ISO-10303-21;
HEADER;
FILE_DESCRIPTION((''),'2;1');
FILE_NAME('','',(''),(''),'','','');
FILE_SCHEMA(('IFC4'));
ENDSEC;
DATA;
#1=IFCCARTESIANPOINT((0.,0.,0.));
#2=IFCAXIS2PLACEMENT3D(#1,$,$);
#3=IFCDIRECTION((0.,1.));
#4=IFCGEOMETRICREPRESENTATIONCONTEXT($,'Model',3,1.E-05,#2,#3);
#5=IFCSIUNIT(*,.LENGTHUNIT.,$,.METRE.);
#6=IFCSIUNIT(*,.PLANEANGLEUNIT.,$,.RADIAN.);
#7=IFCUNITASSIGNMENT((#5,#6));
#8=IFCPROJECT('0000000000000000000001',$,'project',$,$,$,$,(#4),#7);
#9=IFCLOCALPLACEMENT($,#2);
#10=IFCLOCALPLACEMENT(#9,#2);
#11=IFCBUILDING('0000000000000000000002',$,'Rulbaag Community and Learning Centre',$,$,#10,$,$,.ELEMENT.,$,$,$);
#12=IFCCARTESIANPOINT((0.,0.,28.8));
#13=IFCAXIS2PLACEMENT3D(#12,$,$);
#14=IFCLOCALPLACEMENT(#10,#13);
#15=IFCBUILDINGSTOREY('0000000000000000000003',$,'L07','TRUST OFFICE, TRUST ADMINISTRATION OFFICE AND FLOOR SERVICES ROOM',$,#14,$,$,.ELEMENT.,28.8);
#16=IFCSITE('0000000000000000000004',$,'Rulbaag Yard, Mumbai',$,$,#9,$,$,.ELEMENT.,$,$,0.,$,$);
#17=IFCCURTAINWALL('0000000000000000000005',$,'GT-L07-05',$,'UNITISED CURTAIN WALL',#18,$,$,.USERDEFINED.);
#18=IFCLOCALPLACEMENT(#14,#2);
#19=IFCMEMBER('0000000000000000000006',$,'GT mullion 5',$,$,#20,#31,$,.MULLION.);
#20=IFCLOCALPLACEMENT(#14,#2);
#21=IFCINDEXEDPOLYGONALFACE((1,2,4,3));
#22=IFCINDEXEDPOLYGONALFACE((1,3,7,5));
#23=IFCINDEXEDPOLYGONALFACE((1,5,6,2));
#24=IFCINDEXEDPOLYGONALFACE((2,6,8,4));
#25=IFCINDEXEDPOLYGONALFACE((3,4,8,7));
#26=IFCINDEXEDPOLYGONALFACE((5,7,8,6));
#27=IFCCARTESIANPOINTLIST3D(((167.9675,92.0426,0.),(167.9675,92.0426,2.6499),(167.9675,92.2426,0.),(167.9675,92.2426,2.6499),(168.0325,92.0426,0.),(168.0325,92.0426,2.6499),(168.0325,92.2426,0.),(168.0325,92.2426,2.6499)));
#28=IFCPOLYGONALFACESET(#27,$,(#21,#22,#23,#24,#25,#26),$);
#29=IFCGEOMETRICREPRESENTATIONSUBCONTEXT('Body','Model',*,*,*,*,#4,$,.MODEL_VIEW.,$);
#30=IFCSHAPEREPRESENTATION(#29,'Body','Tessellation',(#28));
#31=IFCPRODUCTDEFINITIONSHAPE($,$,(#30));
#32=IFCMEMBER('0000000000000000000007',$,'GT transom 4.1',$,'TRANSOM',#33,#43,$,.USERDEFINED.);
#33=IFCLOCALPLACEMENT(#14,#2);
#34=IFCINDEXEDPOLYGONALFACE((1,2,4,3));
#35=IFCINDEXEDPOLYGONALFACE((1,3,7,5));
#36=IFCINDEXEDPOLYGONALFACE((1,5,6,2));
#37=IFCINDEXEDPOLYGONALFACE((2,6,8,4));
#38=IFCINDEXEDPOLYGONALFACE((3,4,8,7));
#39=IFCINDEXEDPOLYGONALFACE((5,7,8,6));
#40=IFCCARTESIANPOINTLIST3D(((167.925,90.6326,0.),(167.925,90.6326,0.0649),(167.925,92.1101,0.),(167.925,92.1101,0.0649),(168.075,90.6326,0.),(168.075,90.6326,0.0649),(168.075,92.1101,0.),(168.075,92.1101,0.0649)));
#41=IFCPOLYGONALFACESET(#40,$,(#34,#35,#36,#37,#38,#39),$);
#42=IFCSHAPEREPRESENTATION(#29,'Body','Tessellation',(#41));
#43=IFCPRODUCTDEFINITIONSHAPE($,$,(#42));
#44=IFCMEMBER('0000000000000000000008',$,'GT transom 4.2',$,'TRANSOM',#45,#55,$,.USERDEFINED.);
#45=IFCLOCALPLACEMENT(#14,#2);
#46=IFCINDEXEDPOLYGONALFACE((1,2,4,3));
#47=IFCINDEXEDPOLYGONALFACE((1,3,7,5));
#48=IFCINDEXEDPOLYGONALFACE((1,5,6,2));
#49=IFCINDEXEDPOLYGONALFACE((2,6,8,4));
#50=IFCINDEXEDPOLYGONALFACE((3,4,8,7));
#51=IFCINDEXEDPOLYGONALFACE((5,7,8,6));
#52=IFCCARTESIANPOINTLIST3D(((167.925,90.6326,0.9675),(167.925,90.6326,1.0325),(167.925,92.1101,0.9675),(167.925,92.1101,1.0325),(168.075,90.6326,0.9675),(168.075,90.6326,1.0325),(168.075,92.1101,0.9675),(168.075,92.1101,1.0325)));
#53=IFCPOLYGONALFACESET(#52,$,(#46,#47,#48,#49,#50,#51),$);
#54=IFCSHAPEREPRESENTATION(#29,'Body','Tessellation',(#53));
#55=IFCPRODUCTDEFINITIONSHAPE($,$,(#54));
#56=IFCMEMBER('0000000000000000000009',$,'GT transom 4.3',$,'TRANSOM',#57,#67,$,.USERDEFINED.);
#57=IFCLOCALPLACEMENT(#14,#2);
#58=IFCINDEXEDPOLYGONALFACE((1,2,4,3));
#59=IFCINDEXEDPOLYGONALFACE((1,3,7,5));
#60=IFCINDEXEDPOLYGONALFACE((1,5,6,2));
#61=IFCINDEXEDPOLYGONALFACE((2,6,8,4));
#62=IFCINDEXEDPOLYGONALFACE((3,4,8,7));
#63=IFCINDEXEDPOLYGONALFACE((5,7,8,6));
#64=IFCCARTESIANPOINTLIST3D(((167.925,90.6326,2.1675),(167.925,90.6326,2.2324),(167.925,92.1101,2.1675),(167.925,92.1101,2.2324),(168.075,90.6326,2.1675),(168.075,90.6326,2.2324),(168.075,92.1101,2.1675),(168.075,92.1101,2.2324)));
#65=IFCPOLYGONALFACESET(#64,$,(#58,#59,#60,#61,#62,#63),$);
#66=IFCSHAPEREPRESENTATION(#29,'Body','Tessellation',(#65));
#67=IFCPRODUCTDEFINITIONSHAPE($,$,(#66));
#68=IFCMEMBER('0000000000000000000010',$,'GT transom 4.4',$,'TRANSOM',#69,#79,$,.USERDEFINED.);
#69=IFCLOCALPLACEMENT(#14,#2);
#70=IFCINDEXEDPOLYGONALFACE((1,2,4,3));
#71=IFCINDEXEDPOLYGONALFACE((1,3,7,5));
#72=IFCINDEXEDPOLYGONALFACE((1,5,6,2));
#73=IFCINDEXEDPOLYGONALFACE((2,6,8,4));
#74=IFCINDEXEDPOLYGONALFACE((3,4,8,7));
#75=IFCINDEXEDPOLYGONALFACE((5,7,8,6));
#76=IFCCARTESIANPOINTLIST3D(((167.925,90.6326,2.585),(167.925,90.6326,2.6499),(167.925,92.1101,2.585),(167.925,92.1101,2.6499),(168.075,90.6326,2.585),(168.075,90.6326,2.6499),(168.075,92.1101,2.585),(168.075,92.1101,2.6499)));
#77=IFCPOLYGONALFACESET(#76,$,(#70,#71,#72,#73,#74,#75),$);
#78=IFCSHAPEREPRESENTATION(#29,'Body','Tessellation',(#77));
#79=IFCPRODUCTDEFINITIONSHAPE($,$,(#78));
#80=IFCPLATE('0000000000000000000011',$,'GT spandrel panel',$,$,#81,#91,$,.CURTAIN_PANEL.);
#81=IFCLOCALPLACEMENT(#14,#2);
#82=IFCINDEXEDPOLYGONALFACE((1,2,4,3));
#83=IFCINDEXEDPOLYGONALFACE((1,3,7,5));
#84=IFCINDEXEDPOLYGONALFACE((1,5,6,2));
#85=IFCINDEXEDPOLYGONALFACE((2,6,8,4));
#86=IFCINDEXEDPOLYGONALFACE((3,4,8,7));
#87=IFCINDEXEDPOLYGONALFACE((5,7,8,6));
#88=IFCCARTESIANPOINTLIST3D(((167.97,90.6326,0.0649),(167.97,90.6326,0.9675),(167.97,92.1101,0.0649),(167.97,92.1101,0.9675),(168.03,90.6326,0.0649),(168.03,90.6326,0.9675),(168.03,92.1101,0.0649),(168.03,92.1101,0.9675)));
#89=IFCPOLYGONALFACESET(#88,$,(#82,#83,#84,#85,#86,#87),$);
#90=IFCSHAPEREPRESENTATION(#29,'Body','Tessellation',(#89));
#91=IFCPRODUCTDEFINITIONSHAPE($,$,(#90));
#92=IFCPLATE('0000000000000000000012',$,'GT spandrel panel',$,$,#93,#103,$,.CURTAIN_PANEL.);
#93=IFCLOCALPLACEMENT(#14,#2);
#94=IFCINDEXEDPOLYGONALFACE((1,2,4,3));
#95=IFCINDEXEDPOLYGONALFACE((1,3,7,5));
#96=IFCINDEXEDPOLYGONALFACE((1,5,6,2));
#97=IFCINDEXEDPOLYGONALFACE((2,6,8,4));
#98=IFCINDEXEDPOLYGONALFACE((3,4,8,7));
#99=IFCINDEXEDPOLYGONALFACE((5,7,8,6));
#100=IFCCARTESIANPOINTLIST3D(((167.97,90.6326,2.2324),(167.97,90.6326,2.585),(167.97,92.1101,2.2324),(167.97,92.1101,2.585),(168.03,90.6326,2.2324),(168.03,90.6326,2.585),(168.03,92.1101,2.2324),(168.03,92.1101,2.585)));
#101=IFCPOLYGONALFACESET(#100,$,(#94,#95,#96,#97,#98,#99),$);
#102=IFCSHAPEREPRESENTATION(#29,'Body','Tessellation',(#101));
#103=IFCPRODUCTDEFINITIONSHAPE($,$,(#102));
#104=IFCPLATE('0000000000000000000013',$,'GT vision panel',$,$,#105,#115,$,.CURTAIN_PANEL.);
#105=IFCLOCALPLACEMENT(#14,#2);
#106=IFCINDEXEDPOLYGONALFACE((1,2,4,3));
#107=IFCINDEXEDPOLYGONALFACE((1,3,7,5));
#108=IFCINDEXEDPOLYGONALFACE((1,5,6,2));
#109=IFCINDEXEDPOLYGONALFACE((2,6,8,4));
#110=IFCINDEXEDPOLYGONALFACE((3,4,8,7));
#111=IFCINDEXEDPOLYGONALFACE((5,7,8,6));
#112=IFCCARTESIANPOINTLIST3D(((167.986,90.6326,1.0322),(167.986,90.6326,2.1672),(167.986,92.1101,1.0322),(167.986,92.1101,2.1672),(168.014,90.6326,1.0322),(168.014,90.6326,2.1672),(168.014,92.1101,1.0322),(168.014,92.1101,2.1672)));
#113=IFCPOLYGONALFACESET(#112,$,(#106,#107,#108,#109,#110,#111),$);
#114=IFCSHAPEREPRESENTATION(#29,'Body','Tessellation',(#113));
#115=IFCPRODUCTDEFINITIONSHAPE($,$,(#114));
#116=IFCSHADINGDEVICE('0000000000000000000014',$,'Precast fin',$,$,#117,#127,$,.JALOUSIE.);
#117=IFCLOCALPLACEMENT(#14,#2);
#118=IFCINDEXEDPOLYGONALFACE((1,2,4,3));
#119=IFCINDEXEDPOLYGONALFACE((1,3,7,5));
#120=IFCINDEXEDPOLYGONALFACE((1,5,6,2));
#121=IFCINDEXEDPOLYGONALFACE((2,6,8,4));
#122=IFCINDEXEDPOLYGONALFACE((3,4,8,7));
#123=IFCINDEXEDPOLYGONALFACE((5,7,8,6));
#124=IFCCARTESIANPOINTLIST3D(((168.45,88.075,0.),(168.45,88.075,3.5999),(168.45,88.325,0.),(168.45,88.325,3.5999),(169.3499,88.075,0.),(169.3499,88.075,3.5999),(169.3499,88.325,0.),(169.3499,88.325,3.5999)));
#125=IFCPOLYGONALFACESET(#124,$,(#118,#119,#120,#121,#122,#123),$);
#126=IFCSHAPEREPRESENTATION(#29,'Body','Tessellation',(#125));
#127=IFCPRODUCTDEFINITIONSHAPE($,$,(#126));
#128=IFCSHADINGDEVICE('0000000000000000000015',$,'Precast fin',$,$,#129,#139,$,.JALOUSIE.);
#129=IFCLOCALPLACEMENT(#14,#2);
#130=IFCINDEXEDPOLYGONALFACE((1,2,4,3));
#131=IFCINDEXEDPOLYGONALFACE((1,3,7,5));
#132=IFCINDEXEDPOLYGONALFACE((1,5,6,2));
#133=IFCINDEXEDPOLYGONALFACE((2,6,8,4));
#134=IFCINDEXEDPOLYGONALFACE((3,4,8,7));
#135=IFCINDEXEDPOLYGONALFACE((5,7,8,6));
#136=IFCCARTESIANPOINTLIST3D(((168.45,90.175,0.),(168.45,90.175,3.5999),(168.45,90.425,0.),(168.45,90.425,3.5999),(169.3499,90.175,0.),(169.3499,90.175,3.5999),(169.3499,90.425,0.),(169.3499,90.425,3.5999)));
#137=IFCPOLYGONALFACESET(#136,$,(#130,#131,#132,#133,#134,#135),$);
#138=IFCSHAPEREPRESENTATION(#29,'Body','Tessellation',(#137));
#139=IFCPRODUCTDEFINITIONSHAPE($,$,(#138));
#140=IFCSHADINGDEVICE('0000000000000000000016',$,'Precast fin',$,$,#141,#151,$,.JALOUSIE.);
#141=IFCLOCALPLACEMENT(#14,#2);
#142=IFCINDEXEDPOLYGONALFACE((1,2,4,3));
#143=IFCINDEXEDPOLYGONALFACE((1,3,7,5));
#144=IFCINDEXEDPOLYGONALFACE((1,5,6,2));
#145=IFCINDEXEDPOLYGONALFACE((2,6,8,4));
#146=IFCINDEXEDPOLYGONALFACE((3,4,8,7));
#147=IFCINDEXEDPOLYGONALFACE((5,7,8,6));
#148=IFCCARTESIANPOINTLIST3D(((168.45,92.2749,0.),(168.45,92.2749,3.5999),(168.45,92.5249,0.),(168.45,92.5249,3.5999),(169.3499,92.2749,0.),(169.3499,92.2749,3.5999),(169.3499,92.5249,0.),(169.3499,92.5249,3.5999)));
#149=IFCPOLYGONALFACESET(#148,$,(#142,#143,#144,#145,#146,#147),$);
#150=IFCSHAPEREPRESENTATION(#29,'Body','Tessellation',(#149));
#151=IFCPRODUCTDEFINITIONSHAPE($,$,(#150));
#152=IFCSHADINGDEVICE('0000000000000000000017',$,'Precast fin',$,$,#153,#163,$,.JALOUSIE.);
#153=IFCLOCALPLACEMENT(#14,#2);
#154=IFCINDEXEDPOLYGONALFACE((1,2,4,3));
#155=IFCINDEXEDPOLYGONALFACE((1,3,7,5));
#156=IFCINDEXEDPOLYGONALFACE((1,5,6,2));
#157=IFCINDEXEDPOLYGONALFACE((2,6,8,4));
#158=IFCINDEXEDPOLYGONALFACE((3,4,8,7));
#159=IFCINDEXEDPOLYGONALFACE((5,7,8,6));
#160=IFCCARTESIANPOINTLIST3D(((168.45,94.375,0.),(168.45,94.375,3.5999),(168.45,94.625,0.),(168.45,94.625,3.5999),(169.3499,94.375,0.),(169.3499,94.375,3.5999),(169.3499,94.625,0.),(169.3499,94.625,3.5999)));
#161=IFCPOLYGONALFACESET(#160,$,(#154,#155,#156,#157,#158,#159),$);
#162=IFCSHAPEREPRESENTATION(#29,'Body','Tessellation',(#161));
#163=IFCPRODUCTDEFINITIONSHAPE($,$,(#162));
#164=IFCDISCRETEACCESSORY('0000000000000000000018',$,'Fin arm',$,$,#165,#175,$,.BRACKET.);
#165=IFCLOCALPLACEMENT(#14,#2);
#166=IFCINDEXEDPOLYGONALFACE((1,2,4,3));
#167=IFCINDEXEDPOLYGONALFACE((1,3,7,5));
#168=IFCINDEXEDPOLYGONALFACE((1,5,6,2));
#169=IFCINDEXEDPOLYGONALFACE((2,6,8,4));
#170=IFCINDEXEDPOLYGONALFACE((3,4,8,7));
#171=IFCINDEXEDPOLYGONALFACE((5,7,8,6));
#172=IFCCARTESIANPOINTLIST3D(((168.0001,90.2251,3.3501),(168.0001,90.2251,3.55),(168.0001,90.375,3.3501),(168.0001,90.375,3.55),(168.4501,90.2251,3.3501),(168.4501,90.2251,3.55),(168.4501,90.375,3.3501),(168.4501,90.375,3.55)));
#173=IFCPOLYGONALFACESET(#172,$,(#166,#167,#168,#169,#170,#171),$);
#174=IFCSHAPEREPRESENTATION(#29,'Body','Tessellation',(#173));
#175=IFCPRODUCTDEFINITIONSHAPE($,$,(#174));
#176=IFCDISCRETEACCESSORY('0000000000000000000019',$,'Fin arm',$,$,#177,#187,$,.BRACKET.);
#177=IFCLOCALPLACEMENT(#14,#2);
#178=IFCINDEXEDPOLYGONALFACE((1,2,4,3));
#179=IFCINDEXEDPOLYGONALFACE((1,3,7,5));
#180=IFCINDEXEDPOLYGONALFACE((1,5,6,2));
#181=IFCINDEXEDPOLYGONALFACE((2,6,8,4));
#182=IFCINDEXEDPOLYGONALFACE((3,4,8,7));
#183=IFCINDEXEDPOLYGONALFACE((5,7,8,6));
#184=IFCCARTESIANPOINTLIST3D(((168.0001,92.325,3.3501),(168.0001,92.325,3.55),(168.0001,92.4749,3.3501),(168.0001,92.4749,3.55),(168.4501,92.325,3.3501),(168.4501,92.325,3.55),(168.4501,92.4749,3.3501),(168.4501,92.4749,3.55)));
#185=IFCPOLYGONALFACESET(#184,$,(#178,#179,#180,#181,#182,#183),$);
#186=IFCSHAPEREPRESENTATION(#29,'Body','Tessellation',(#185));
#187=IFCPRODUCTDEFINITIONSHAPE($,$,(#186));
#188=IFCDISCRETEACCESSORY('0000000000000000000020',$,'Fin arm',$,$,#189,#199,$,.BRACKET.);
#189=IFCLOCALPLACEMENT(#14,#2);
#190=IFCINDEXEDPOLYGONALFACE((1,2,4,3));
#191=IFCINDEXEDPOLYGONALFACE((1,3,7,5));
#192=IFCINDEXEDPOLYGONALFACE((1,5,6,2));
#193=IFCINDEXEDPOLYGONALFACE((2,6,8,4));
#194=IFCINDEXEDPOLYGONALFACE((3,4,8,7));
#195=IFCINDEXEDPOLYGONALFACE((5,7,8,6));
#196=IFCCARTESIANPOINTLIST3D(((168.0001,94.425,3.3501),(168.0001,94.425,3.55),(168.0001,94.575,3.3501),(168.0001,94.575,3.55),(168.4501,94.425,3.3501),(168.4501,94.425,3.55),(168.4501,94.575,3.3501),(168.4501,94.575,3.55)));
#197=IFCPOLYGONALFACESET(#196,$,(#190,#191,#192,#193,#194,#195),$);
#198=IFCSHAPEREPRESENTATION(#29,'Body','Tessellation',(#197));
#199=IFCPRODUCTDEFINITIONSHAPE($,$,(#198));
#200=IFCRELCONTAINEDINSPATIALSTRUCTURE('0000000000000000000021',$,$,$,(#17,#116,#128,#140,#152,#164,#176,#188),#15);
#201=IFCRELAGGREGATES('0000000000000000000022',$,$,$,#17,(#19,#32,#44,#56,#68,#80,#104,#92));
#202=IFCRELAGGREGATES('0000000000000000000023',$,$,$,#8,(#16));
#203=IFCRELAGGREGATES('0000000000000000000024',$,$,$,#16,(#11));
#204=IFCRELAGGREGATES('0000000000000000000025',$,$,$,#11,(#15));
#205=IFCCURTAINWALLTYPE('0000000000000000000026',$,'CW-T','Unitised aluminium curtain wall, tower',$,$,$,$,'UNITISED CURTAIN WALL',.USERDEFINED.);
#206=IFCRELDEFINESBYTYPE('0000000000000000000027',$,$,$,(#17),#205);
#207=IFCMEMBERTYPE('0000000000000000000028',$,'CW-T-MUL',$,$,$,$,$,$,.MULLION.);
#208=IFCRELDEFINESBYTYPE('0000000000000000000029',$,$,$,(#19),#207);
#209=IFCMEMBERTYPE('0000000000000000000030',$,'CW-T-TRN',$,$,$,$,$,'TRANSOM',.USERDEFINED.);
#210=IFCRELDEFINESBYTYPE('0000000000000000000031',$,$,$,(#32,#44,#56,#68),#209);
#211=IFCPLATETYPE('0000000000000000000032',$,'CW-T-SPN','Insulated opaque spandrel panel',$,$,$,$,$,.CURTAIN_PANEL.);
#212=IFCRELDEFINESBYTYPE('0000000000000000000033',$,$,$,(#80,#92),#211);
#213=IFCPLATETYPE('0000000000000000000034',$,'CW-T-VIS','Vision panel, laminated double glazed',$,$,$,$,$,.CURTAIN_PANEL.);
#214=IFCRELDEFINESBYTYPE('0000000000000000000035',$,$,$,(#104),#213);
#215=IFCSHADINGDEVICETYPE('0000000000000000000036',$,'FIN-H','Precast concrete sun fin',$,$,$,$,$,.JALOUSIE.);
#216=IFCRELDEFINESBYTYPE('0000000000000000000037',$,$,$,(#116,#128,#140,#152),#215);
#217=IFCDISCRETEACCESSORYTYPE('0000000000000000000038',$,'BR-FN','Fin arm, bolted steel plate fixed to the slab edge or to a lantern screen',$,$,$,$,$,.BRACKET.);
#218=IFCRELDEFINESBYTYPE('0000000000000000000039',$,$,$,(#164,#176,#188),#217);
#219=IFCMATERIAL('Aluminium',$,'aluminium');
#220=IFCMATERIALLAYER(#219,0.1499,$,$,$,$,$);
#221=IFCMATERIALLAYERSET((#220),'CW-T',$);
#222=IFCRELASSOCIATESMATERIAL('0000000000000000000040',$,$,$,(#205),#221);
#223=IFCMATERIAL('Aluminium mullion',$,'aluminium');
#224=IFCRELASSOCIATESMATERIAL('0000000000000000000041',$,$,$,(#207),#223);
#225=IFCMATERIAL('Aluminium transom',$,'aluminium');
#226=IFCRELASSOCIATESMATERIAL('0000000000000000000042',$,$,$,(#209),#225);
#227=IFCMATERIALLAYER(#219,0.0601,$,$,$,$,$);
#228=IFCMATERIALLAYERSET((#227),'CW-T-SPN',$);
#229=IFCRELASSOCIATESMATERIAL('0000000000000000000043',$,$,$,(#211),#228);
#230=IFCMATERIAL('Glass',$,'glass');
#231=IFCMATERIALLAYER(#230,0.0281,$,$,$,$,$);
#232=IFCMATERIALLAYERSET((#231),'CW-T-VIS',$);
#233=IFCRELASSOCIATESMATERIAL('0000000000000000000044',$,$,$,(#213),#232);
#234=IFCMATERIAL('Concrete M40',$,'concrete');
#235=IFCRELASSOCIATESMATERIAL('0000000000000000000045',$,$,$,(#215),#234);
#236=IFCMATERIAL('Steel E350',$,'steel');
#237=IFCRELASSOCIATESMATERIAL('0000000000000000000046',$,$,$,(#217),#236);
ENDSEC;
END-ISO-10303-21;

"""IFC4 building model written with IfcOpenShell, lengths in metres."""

from ifc_helpers import new_model, si_unit, direction, frame, origin, origin_2d, place, context, subcontext, project, spatial, rectangle, extrude, material, layer, layer_set, material_profile, profile_set, type_object, element, aggregate, save


model = new_model("IFC4")

# Units and contexts
model_context = context("Model", 3, precision=1e-05, world=origin(), true_north=direction((0.0, 1.0)))
body_context = subcontext(model_context, "Body", "Model", "MODEL_VIEW")
ifc_project = project(units=[si_unit("LENGTHUNIT", "METRE"), si_unit("PLANEANGLEUNIT", "RADIAN")], contexts=[model_context])

# Site, building, storey
site_placement = place(None, origin())
site = spatial("IfcSite", under=ifc_project, at=site_placement, Name="Rulbaag Yard, Mumbai", CompositionType="ELEMENT", RefElevation=0.0)
building_placement = place(site_placement, origin())
building = spatial("IfcBuilding", under=site, at=building_placement, Name="Rulbaag Community and Learning Centre", CompositionType="ELEMENT")
storey_placement = place(building_placement, frame((0.0, 0.0, 28.8)))
storey = spatial("IfcBuildingStorey", under=building, at=storey_placement, Name="L07", Description="TRUST OFFICE, TRUST ADMINISTRATION OFFICE AND FLOOR SERVICES ROOM", CompositionType="ELEMENT", Elevation=28.8)

# Curtain wall, members, plates
ifc_material_1 = material(Name="Aluminium", Category="aluminium")
ifc_layer_1 = layer(ifc_material_1, 0.1499)
ifc_layer_set_1 = layer_set([ifc_layer_1], Name="CW-T")
curtain_wall_type = type_object("IfcCurtainWallType", Name="CW-T", Description="Unitised aluminium curtain wall, tower", ElementType="UNITISED CURTAIN WALL", PredefinedType="USERDEFINED", material=ifc_layer_set_1)
curtain_wall_placement = place(storey_placement, origin())
curtain_wall = element("IfcCurtainWall", 1, at=curtain_wall_placement, inside=storey, type_object=curtain_wall_type, Name="GT-L07-05", ObjectType="UNITISED CURTAIN WALL", PredefinedType="USERDEFINED")
ifc_material_2 = material(Name="Aluminium mullion", Category="aluminium")
ifc_material_profile_1 = material_profile(ifc_material_2, rectangle(XDim=0.0649, YDim=0.2, at=origin_2d()), Name="AL 65x200")
ifc_profile_set_1 = profile_set([ifc_material_profile_1], Name="Aluminium mullion")
member_type_1 = type_object("IfcMemberType", Name="CW-T-MUL", PredefinedType="MULLION", material=ifc_profile_set_1)
member_1_placement = place(storey_placement, frame((168.0, 92.1426, 0.0), z_axis=(0.0, 0.0, 1.0), x_axis=(-1.0, 0.0, 0.0)))
member_1 = element("IfcMember", 2, at=member_1_placement, type_object=member_type_1, Name="GT mullion 5", PredefinedType="MULLION", context=body_context, shape_type="SweptSolid", body=[
    extrude(rectangle(XDim=0.0649, YDim=0.2, at=origin_2d()), origin(), (0.0, 0.0, 1.0), 2.6499),
])
ifc_material_3 = material(Name="Aluminium transom", Category="aluminium")
ifc_material_profile_2 = material_profile(ifc_material_3, rectangle(XDim=0.1499, YDim=0.0649, at=origin_2d()), Name="AL 65x150 T")
ifc_profile_set_2 = profile_set([ifc_material_profile_2], Name="Aluminium transom")
member_type_2 = type_object("IfcMemberType", Name="CW-T-TRN", ElementType="TRANSOM", PredefinedType="USERDEFINED", material=ifc_profile_set_2)
member_2_placement = place(storey_placement, frame((168.0, 90.6326, 0.0325), z_axis=(0.0, 1.0, 0.0), x_axis=(-1.0, 0.0, 0.0)))
member_2 = element("IfcMember", 3, at=member_2_placement, type_object=member_type_2, Name="GT transom 4.1", ObjectType="TRANSOM", PredefinedType="USERDEFINED", context=body_context, shape_type="SweptSolid", body=[
    extrude(rectangle(XDim=0.1499, YDim=0.0649, at=origin_2d()), origin(), (0.0, 0.0, 1.0), 1.4775),
])
member_3_placement = place(storey_placement, frame((168.0, 90.6326, 1.0), z_axis=(0.0, 1.0, 0.0), x_axis=(-1.0, 0.0, 0.0)))
member_3 = element("IfcMember", 4, at=member_3_placement, type_object=member_type_2, Name="GT transom 4.2", ObjectType="TRANSOM", PredefinedType="USERDEFINED", context=body_context, shape_type="SweptSolid", body=[
    extrude(rectangle(XDim=0.1499, YDim=0.0649, at=origin_2d()), origin(), (0.0, 0.0, 1.0), 1.4775),
])
member_4_placement = place(storey_placement, frame((168.0, 90.6326, 2.2), z_axis=(0.0, 1.0, 0.0), x_axis=(-1.0, 0.0, 0.0)))
member_4 = element("IfcMember", 5, at=member_4_placement, type_object=member_type_2, Name="GT transom 4.3", ObjectType="TRANSOM", PredefinedType="USERDEFINED", context=body_context, shape_type="SweptSolid", body=[
    extrude(rectangle(XDim=0.1499, YDim=0.0649, at=origin_2d()), origin(), (0.0, 0.0, 1.0), 1.4775),
])
member_5_placement = place(storey_placement, frame((168.0, 90.6326, 2.6174), z_axis=(0.0, 1.0, 0.0), x_axis=(-1.0, 0.0, 0.0)))
member_5 = element("IfcMember", 6, at=member_5_placement, type_object=member_type_2, Name="GT transom 4.4", ObjectType="TRANSOM", PredefinedType="USERDEFINED", context=body_context, shape_type="SweptSolid", body=[
    extrude(rectangle(XDim=0.1499, YDim=0.0649, at=origin_2d()), origin(), (0.0, 0.0, 1.0), 1.4775),
])
ifc_layer_2 = layer(ifc_material_1, 0.0601)
ifc_layer_set_2 = layer_set([ifc_layer_2], Name="CW-T-SPN")
plate_type_1 = type_object("IfcPlateType", Name="CW-T-SPN", Description="Insulated opaque spandrel panel", PredefinedType="CURTAIN_PANEL", material=ifc_layer_set_2)
plate_1_placement = place(storey_placement, frame((168.0, 91.3713, 0.0649), z_axis=(0.0, 0.0, 1.0), x_axis=(0.0, 1.0, 0.0)))
plate_1 = element("IfcPlate", 7, at=plate_1_placement, type_object=plate_type_1, Name="GT spandrel panel", PredefinedType="CURTAIN_PANEL", context=body_context, shape_type="SweptSolid", body=[
    extrude(rectangle(XDim=1.4775, YDim=0.0601, at=origin_2d()), origin(), (0.0, 0.0, 1.0), 0.9026),
])
plate_2_placement = place(storey_placement, frame((168.0, 91.3713, 2.2324), z_axis=(0.0, 0.0, 1.0), x_axis=(0.0, 1.0, 0.0)))
plate_2 = element("IfcPlate", 8, at=plate_2_placement, type_object=plate_type_1, Name="GT spandrel panel", PredefinedType="CURTAIN_PANEL", context=body_context, shape_type="SweptSolid", body=[
    extrude(rectangle(XDim=1.4775, YDim=0.0601, at=origin_2d()), origin(), (0.0, 0.0, 1.0), 0.3525),
])
ifc_material_4 = material(Name="Glass", Category="glass")
ifc_layer_3 = layer(ifc_material_4, 0.0281)
ifc_layer_set_3 = layer_set([ifc_layer_3], Name="CW-T-VIS")
plate_type_2 = type_object("IfcPlateType", Name="CW-T-VIS", Description="Vision panel, laminated double glazed", PredefinedType="CURTAIN_PANEL", material=ifc_layer_set_3)
plate_3_placement = place(storey_placement, frame((168.0, 91.3713, 1.0322), z_axis=(0.0, 0.0, 1.0), x_axis=(0.0, 1.0, 0.0)))
plate_3 = element("IfcPlate", 9, at=plate_3_placement, type_object=plate_type_2, Name="GT vision panel", PredefinedType="CURTAIN_PANEL", context=body_context, shape_type="SweptSolid", body=[
    extrude(rectangle(XDim=1.4775, YDim=0.0281, at=origin_2d()), origin(), (0.0, 0.0, 1.0), 1.135),
])
aggregate(curtain_wall, [member_1, member_2, member_3, member_4, member_5, plate_1, plate_3, plate_2])

# Shading devices
ifc_material_5 = material(Name="Concrete M40", Category="concrete")
ifc_material_profile_3 = material_profile(ifc_material_5, rectangle(XDim=0.25, YDim=0.8999, at=origin_2d()), Name="PC 250x900")
ifc_profile_set_3 = profile_set([ifc_material_profile_3], Name="Concrete M40")
shading_device_type = type_object("IfcShadingDeviceType", Name="FIN-H", Description="Precast concrete sun fin", PredefinedType="JALOUSIE", material=ifc_profile_set_3)
for number, where, z_axis, x_axis, name in (
    (10, (168.8999, 88.2, 0.0), (0.0, 0.0, 1.0), (0.0, 1.0, 0.0), "Precast fin"),
    (11, (168.8999, 90.3, 0.0), (0.0, 0.0, 1.0), (0.0, 1.0, 0.0), "Precast fin"),
    (12, (168.8999, 92.3999, 0.0), (0.0, 0.0, 1.0), (0.0, 1.0, 0.0), "Precast fin"),
    (13, (168.8999, 94.5, 0.0), (0.0, 0.0, 1.0), (0.0, 1.0, 0.0), "Precast fin"),
):
    element("IfcShadingDevice", number, at=place(storey_placement, frame(where, z_axis=z_axis, x_axis=x_axis)), inside=storey, type_object=shading_device_type, Name=name, PredefinedType="JALOUSIE", context=body_context, shape_type="SweptSolid", body=[
        extrude(rectangle(XDim=0.25, YDim=0.8999, at=origin_2d()), origin(), (0.0, 0.0, 1.0), 3.5999),
    ])

# Discrete accessories
ifc_material_6 = material(Name="Steel E350", Category="steel")
discrete_accessory_type = type_object("IfcDiscreteAccessoryType", Name="BR-FN", Description="Fin arm, bolted steel plate fixed to the slab edge or to a lantern screen", PredefinedType="BRACKET", material=ifc_material_6)
for number, where, z_axis, x_axis, name in (
    (14, (168.2251, 90.3, 3.3501), (0.0, 0.0, 1.0), (1.0, 0.0, 0.0), "Fin arm"),
    (15, (168.2251, 92.3999, 3.3501), (0.0, 0.0, 1.0), (1.0, 0.0, 0.0), "Fin arm"),
    (16, (168.2251, 94.5, 3.3501), (0.0, 0.0, 1.0), (1.0, 0.0, 0.0), "Fin arm"),
):
    element("IfcDiscreteAccessory", number, at=place(storey_placement, frame(where, z_axis=z_axis, x_axis=x_axis)), inside=storey, type_object=discrete_accessory_type, Name=name, PredefinedType="BRACKET", context=body_context, shape_type="SweptSolid", body=[
        extrude(rectangle(XDim=0.45, YDim=0.1499, at=origin_2d()), origin(), (0.0, 0.0, 1.0), 0.2),
    ])

save(model, "model.ifc")
